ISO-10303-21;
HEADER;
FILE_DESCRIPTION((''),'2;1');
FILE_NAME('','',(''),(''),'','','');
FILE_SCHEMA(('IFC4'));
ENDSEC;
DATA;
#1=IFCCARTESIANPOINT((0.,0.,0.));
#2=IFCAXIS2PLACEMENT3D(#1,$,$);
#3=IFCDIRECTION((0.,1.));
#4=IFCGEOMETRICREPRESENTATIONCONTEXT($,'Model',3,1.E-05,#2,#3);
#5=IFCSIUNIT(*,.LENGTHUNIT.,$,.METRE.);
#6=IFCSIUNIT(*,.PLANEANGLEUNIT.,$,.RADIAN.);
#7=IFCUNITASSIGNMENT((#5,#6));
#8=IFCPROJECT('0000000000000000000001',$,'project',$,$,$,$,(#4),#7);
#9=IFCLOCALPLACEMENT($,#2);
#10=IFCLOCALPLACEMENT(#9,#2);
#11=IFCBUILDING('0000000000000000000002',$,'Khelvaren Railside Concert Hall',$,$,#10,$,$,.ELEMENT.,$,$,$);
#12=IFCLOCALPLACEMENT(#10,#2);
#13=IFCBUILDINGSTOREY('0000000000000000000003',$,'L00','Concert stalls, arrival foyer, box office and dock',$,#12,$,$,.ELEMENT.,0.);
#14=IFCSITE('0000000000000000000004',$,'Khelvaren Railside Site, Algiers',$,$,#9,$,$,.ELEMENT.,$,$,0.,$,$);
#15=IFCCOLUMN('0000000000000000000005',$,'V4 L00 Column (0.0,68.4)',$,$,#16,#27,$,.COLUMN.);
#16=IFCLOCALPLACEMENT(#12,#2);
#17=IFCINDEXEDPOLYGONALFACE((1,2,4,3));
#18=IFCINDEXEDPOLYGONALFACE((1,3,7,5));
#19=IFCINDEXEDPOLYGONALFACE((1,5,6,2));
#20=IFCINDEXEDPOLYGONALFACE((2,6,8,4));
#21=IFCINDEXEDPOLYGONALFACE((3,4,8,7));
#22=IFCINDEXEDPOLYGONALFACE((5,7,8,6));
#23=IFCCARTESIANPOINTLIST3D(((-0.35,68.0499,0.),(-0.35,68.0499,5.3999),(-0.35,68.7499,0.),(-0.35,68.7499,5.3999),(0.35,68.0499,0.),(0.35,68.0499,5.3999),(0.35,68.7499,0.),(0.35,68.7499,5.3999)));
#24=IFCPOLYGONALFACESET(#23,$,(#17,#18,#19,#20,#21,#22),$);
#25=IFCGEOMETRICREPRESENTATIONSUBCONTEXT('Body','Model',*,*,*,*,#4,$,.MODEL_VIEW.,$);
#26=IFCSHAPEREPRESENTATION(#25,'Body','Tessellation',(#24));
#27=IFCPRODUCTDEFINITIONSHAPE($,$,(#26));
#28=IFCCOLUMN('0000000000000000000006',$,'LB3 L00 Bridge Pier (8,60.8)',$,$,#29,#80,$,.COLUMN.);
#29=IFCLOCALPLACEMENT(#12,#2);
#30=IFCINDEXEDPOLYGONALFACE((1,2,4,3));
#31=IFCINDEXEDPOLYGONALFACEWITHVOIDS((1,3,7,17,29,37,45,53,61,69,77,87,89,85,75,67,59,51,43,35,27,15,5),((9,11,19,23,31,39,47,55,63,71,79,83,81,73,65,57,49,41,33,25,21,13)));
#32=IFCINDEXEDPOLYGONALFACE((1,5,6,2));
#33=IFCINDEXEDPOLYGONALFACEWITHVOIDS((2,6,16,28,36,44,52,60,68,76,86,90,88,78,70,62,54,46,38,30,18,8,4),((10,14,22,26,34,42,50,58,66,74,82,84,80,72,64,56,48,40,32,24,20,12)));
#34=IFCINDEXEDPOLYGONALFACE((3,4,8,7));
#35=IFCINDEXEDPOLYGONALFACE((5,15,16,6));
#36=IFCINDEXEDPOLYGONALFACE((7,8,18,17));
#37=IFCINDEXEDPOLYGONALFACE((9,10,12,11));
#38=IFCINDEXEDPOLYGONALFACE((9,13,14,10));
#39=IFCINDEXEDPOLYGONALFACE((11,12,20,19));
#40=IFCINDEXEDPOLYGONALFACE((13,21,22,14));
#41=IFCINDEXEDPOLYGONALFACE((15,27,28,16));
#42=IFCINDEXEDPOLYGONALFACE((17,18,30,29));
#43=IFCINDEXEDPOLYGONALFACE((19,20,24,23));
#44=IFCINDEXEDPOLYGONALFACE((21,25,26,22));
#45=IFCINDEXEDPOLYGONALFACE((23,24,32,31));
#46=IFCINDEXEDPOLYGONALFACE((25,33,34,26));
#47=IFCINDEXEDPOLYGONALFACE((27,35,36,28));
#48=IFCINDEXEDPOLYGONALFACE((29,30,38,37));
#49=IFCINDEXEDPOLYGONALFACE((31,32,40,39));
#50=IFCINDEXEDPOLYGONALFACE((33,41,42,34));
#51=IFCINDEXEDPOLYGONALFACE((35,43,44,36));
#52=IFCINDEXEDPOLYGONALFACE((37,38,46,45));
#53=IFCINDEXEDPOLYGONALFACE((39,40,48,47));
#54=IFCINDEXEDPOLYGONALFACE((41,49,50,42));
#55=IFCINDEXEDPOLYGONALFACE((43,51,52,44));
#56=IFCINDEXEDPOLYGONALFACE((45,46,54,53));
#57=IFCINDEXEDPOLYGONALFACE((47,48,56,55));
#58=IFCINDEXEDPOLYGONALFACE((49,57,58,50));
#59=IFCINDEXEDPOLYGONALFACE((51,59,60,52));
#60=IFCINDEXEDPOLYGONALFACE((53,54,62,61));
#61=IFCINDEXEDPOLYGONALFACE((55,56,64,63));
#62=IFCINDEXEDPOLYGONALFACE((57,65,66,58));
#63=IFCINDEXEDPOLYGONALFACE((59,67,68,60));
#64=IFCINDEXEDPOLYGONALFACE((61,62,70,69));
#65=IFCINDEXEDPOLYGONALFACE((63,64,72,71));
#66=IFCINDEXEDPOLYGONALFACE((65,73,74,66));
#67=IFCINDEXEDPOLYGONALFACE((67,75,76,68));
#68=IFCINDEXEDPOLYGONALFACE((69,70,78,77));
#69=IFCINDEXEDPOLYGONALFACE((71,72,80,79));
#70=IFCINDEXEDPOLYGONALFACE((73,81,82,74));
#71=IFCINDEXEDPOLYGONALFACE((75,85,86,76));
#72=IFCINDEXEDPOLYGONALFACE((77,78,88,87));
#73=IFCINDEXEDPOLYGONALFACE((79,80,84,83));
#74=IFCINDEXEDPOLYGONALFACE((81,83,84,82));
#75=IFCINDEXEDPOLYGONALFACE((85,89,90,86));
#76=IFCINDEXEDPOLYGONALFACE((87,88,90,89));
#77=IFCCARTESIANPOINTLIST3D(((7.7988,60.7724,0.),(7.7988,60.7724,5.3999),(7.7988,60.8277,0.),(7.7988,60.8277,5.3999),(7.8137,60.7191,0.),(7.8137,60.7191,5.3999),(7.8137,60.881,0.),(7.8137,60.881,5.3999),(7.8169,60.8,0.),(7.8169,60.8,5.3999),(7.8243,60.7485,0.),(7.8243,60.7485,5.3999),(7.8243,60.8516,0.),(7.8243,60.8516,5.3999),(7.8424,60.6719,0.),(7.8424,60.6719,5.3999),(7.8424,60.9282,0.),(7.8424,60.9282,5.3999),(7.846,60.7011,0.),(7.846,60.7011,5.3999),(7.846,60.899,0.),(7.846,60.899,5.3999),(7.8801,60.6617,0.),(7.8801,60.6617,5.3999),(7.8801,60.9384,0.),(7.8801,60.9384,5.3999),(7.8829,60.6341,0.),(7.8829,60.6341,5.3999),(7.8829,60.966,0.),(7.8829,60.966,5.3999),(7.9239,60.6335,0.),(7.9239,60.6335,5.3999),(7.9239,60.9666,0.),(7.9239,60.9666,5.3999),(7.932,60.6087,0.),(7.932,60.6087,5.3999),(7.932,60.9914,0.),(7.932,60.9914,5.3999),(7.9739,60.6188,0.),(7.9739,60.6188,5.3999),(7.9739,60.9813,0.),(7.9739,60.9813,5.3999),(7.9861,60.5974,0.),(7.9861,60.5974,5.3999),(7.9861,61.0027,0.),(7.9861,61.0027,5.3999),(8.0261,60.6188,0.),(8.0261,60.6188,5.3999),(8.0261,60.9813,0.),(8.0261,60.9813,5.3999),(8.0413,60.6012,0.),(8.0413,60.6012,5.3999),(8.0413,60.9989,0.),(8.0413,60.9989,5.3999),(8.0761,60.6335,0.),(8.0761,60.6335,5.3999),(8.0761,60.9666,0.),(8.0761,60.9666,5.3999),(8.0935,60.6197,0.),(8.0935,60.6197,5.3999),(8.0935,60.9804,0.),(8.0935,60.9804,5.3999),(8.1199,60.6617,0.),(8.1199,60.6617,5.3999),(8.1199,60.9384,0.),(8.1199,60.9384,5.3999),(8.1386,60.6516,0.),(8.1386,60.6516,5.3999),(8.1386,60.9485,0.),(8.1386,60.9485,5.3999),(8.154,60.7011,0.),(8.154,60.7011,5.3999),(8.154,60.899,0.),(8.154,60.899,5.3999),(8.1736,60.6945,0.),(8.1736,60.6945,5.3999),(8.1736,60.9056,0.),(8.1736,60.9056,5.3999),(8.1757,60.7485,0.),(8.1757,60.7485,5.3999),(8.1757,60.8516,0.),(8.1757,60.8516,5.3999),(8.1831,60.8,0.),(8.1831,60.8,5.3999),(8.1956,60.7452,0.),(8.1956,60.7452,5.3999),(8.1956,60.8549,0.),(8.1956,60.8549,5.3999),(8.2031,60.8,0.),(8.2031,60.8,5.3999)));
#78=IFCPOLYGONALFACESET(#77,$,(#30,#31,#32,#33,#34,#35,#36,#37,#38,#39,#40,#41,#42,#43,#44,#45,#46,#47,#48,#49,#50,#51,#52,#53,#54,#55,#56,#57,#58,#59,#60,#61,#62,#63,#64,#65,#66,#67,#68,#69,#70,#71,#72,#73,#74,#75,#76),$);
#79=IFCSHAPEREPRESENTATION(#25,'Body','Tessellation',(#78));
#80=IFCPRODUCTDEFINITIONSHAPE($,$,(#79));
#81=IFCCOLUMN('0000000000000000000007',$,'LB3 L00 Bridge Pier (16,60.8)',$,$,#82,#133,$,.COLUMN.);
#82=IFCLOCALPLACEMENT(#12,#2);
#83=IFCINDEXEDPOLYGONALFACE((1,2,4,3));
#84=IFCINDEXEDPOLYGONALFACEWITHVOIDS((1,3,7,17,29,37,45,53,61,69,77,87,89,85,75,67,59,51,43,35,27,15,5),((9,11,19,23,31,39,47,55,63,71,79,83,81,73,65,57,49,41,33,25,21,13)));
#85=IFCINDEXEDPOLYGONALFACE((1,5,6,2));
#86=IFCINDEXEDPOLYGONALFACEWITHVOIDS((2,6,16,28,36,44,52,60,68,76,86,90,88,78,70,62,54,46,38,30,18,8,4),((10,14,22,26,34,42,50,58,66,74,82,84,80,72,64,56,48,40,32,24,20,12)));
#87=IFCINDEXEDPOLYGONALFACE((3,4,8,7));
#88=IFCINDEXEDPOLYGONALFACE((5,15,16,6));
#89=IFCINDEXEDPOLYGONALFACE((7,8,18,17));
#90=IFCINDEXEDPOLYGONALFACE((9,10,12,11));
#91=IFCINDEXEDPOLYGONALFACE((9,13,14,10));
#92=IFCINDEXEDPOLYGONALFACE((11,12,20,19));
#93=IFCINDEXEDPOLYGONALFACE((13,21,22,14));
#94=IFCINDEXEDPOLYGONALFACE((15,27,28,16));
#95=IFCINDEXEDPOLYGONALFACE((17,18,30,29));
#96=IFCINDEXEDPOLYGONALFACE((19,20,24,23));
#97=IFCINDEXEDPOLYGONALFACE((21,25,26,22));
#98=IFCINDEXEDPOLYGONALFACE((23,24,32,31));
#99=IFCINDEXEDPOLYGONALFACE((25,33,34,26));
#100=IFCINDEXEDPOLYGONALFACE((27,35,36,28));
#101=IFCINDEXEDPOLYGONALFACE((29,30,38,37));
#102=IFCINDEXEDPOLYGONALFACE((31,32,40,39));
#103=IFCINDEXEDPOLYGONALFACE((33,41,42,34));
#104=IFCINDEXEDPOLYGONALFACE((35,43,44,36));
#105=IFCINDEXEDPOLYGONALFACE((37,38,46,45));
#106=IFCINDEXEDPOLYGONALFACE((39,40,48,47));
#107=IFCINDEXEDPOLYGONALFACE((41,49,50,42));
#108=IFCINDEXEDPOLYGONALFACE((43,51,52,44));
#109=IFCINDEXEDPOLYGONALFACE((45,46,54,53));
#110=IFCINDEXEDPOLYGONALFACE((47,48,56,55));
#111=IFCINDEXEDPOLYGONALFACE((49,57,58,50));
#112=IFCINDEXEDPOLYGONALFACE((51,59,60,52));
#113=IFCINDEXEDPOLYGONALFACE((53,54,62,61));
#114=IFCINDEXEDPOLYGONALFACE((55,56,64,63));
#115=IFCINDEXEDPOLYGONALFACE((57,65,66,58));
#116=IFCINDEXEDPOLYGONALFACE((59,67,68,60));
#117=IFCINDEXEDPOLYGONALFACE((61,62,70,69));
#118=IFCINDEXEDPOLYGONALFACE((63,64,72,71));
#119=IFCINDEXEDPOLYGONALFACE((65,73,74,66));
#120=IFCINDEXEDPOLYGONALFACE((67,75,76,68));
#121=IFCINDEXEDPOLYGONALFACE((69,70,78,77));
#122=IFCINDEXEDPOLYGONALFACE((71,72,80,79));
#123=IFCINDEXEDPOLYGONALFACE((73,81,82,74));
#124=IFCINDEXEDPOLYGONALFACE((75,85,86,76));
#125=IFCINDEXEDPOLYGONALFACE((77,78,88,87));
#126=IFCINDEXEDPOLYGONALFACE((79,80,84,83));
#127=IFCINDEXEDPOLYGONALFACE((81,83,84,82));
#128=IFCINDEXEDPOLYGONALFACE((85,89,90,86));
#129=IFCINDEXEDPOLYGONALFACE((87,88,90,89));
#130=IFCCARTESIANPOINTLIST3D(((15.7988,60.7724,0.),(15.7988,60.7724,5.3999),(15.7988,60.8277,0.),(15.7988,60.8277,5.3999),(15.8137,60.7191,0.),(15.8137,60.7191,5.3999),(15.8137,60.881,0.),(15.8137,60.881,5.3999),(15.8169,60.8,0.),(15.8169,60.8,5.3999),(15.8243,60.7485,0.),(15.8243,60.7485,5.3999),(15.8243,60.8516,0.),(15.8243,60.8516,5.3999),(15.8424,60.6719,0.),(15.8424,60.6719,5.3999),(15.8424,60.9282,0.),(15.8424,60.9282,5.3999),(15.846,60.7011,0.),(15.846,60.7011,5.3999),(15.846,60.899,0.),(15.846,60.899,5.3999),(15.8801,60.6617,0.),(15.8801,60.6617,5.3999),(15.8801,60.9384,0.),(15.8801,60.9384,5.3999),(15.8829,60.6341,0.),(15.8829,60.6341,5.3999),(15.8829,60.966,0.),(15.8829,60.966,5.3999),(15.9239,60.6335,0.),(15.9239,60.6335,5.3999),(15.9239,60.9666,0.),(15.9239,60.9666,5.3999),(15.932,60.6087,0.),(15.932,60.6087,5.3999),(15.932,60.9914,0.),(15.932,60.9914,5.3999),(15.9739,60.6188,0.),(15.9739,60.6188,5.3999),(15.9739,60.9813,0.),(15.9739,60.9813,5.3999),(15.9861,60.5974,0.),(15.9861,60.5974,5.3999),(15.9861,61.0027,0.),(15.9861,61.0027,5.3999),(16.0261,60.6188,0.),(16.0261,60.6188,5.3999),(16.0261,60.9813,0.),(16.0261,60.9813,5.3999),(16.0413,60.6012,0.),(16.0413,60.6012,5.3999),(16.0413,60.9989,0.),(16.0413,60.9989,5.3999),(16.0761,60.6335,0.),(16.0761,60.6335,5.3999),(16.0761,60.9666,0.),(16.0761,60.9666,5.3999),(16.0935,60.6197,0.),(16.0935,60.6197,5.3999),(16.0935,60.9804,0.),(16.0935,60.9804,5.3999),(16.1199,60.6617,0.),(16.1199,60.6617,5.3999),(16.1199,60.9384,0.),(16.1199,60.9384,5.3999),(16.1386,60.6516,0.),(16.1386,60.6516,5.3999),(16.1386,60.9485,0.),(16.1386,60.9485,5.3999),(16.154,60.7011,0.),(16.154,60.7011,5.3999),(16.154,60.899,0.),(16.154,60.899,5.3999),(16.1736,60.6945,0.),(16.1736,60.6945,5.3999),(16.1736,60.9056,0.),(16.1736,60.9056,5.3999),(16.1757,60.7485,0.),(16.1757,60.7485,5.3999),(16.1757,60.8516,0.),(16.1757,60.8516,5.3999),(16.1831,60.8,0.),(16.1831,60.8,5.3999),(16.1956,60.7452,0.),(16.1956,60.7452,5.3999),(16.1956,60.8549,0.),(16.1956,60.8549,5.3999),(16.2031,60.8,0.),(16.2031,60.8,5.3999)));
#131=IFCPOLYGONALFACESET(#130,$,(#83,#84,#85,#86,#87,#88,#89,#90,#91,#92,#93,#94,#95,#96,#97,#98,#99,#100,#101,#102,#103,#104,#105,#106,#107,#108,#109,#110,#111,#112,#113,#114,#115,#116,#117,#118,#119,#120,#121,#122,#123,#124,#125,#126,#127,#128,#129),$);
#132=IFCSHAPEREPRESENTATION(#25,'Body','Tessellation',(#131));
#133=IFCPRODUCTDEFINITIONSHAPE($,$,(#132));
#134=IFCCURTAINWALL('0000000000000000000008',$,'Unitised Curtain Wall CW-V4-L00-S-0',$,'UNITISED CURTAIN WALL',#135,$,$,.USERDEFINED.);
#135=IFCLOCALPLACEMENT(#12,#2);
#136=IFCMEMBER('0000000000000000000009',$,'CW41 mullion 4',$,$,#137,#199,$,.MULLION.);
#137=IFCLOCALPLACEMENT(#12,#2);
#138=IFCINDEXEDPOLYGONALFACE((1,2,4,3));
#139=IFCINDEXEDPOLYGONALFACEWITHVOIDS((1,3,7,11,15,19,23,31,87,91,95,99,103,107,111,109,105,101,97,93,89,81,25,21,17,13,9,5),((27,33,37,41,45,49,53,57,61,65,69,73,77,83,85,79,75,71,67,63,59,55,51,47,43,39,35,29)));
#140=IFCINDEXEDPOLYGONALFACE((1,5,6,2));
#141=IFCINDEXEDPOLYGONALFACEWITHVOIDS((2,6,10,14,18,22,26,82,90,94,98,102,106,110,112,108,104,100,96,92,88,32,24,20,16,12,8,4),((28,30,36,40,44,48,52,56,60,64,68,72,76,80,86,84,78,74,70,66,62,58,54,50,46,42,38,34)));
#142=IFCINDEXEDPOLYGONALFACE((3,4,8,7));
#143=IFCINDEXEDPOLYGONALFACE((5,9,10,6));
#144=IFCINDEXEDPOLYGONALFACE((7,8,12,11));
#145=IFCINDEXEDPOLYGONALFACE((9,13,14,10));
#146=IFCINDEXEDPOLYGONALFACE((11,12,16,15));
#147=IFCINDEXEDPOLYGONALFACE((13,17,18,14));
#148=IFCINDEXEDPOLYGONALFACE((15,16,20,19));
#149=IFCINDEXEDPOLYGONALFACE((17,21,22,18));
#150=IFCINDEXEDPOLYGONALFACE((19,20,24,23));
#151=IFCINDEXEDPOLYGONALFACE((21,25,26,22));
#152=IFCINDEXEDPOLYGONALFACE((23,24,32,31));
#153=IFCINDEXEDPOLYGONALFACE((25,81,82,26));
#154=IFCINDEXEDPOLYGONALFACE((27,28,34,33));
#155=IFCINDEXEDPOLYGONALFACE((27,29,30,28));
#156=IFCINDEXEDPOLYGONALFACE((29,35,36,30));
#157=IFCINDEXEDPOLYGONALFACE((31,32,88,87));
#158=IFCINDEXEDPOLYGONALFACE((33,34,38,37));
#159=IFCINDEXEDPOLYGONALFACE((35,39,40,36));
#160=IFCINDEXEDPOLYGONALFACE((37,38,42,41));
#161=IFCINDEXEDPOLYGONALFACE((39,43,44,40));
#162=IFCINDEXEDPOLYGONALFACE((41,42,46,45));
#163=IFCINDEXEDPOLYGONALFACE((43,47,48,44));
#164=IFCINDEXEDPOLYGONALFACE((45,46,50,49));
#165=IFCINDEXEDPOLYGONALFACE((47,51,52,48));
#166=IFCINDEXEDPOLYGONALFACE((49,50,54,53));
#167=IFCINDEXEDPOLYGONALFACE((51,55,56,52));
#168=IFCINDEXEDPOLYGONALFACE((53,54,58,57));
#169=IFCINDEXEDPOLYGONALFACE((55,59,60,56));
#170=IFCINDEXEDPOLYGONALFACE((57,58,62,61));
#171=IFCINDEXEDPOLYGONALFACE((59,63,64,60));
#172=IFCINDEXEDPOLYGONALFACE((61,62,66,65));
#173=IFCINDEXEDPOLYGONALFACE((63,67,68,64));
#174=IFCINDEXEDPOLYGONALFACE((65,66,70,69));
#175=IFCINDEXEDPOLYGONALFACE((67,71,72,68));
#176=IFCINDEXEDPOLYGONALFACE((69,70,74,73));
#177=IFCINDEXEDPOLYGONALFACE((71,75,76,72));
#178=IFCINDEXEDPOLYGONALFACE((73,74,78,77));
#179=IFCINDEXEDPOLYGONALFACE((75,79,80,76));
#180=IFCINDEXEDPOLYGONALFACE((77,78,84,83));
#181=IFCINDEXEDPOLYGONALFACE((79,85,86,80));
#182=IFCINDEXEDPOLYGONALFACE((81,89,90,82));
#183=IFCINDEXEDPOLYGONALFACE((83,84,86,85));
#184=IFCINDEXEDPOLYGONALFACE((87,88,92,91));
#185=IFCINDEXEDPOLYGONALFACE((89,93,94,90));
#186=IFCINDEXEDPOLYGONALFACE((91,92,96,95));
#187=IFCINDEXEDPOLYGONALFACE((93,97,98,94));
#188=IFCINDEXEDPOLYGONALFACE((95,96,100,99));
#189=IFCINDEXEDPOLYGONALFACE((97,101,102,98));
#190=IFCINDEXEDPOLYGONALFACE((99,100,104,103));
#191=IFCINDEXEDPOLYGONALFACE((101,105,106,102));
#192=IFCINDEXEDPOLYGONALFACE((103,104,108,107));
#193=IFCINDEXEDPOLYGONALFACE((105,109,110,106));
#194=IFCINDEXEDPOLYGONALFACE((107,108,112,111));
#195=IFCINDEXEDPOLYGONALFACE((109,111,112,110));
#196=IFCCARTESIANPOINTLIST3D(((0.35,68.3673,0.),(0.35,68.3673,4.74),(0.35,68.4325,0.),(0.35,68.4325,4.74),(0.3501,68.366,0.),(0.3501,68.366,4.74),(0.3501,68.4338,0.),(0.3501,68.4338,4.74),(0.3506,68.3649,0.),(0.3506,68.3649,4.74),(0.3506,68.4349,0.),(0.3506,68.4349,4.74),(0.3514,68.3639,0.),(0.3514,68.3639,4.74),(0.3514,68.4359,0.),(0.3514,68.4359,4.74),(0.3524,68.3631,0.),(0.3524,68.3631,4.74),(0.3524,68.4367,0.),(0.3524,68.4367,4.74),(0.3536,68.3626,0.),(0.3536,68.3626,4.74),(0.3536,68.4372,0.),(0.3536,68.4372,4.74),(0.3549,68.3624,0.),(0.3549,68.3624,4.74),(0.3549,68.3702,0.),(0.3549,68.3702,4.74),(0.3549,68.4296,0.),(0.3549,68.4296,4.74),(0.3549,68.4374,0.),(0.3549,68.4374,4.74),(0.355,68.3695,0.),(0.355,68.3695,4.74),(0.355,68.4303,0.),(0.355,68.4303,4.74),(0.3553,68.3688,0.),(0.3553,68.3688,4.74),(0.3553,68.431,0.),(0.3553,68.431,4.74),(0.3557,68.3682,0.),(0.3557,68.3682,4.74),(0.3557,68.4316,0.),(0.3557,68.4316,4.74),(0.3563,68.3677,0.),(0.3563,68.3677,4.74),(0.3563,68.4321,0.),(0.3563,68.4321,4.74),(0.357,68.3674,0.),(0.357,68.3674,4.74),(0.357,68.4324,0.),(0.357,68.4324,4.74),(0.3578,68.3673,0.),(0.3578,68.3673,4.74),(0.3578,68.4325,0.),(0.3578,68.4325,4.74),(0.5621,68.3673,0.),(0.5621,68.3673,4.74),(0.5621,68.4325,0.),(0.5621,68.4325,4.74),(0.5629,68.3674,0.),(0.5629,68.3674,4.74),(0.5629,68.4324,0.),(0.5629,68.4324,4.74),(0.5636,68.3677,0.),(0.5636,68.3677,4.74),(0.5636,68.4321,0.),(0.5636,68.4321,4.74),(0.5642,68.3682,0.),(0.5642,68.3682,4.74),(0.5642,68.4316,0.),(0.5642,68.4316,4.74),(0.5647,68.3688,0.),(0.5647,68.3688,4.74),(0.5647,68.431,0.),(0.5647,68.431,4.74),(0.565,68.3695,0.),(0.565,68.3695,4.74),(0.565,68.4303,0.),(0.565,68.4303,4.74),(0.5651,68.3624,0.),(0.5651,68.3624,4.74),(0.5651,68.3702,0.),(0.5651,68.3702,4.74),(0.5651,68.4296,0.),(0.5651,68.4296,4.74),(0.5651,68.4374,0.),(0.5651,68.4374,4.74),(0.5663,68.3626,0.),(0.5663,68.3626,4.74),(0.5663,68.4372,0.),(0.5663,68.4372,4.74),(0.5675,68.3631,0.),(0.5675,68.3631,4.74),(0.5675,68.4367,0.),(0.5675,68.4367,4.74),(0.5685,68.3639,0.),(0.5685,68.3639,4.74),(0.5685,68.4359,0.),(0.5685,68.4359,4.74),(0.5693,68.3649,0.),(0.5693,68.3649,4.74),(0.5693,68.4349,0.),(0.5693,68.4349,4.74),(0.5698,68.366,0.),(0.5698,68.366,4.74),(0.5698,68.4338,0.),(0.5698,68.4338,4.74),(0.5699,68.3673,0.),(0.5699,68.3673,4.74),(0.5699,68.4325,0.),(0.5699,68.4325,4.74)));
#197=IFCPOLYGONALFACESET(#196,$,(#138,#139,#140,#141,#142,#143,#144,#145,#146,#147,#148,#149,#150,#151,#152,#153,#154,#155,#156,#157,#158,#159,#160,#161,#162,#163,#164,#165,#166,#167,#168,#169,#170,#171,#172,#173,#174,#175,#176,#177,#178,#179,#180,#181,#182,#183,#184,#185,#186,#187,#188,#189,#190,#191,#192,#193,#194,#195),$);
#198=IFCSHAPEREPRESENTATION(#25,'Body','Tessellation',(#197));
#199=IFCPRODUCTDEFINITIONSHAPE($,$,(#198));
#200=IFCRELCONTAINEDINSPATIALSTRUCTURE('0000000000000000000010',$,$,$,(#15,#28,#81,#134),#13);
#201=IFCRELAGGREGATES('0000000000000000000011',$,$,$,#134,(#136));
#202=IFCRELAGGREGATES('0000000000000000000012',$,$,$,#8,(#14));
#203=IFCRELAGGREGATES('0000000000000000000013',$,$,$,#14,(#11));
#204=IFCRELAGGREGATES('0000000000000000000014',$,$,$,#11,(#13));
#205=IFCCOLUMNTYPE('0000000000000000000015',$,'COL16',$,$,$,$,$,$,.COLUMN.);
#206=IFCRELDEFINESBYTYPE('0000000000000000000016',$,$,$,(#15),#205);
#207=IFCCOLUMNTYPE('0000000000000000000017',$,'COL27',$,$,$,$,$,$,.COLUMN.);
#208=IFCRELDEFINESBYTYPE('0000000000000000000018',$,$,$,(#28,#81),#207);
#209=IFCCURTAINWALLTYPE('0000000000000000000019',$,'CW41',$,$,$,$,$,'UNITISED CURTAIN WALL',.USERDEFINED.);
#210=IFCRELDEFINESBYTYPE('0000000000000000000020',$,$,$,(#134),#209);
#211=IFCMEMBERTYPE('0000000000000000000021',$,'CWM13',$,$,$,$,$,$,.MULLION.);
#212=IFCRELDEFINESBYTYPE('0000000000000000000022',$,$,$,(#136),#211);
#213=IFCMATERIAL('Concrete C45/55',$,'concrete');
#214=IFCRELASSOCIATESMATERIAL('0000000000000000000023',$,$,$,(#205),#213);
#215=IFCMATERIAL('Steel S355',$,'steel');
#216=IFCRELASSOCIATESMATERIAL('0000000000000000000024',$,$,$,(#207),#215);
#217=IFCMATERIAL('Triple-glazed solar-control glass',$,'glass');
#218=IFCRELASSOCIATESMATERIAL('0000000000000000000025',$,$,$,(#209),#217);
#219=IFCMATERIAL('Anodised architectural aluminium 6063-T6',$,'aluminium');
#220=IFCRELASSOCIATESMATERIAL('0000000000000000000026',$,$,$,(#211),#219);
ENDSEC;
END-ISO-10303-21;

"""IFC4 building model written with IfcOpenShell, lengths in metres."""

from ifc_helpers import new_model, si_unit, direction, frame, origin, origin_2d, place, context, subcontext, project, spatial, rectangle, hollow_rectangle, hollow_circle, extrude, material, material_profile, profile_set, type_object, element, aggregate, save


model = new_model("IFC4")

# Units and contexts
model_context = context("Model", 3, precision=1e-05, world=origin(), true_north=direction((0.0, 1.0)))
body_context = subcontext(model_context, "Body", "Model", "MODEL_VIEW")
ifc_project = project(units=[si_unit("LENGTHUNIT", "METRE"), si_unit("PLANEANGLEUNIT", "RADIAN")], contexts=[model_context])

# Site, building, storey
site_placement = place(None, origin())
site = spatial("IfcSite", under=ifc_project, at=site_placement, Name="Khelvaren Railside Site, Algiers", CompositionType="ELEMENT", RefElevation=0.0)
building_placement = place(site_placement, origin())
building = spatial("IfcBuilding", under=site, at=building_placement, Name="Khelvaren Railside Concert Hall", CompositionType="ELEMENT")
storey_placement = place(building_placement, origin())
storey = spatial("IfcBuildingStorey", under=building, at=storey_placement, Name="L00", Description="Concert stalls, arrival foyer, box office and dock", CompositionType="ELEMENT", Elevation=0.0)

# Columns
ifc_material_1 = material(Name="Concrete C45/55", Category="concrete")
ifc_material_profile_1 = material_profile(ifc_material_1, rectangle(XDim=0.7, YDim=0.7, at=origin_2d()), Name="RC 700x700")
ifc_profile_set_1 = profile_set([ifc_material_profile_1], Name="Concrete C45/55")
column_type_1 = type_object("IfcColumnType", Name="COL16", PredefinedType="COLUMN", material=ifc_profile_set_1)
column_placement = place(storey_placement, frame((0.0, 68.3999, 0.0), z_axis=(0.0, 0.0, 1.0), x_axis=(1.0, 0.0, 0.0)))
element("IfcColumn", 1, at=column_placement, inside=storey, type_object=column_type_1, Name="V4 L00 Column (0.0,68.4)", PredefinedType="COLUMN", context=body_context, shape_type="SweptSolid", body=[
    extrude(rectangle(XDim=0.7, YDim=0.7, at=origin_2d()), origin(), (0.0, 0.0, 1.0), 5.3999),
])
ifc_material_2 = material(Name="Steel S355", Category="steel")
ifc_material_profile_2 = material_profile(ifc_material_2, hollow_circle(Radius=0.2031, WallThickness=0.02, at=origin_2d()), Name="CHS 406.4x20")
ifc_profile_set_2 = profile_set([ifc_material_profile_2], Name="Steel S355")
column_type_2 = type_object("IfcColumnType", Name="COL27", PredefinedType="COLUMN", material=ifc_profile_set_2)
for number, where, z_axis, x_axis, name in (
    (2, (8.0, 60.8, 0.0), (0.0, 0.0, 1.0), (1.0, 0.0, 0.0), "LB3 L00 Bridge Pier (8,60.8)"),
    (3, (16.0, 60.8, 0.0), (0.0, 0.0, 1.0), (1.0, 0.0, 0.0), "LB3 L00 Bridge Pier (16,60.8)"),
):
    element("IfcColumn", number, at=place(storey_placement, frame(where, z_axis=z_axis, x_axis=x_axis)), inside=storey, type_object=column_type_2, Name=name, PredefinedType="COLUMN", context=body_context, shape_type="SweptSolid", body=[
        extrude(hollow_circle(Radius=0.2031, WallThickness=0.02, at=origin_2d()), origin(), (0.0, 0.0, 1.0), 5.3999),
    ])

# Curtain wall, member
ifc_material_3 = material(Name="Triple-glazed solar-control glass", Category="glass")
curtain_wall_type = type_object("IfcCurtainWallType", Name="CW41", ElementType="UNITISED CURTAIN WALL", PredefinedType="USERDEFINED", material=ifc_material_3)
curtain_wall_placement = place(storey_placement, origin())
curtain_wall = element("IfcCurtainWall", 4, at=curtain_wall_placement, inside=storey, type_object=curtain_wall_type, Name="Unitised Curtain Wall CW-V4-L00-S-0", ObjectType="UNITISED CURTAIN WALL", PredefinedType="USERDEFINED")
ifc_material_4 = material(Name="Anodised architectural aluminium 6063-T6", Category="aluminium")
ifc_material_profile_3 = material_profile(ifc_material_4, hollow_rectangle(XDim=0.075, YDim=0.22, WallThickness=0.0049, InnerFilletRadius=0.0029, OuterFilletRadius=0.0049, at=origin_2d()), Name="CWM 75x220x5")
ifc_profile_set_3 = profile_set([ifc_material_profile_3], Name="Anodised architectural aluminium 6063-T6")
member_type_1 = type_object("IfcMemberType", Name="CWM13", PredefinedType="MULLION", material=ifc_profile_set_3)
member_1_placement = place(storey_placement, frame((0.46, 68.3999, 0.0), z_axis=(0.0, 0.0, 1.0), x_axis=(0.0, -1.0, 0.0)))
member_1 = element("IfcMember", 5, at=member_1_placement, type_object=member_type_1, Name="CW41 mullion 4", PredefinedType="MULLION", context=body_context, shape_type="SweptSolid", body=[
    extrude(hollow_rectangle(XDim=0.075, YDim=0.22, WallThickness=0.0049, InnerFilletRadius=0.0029, OuterFilletRadius=0.0049, at=origin_2d()), origin(), (0.0, 0.0, 1.0), 4.74),
])

aggregate(curtain_wall, [member_1])

save(model, "model.ifc")
